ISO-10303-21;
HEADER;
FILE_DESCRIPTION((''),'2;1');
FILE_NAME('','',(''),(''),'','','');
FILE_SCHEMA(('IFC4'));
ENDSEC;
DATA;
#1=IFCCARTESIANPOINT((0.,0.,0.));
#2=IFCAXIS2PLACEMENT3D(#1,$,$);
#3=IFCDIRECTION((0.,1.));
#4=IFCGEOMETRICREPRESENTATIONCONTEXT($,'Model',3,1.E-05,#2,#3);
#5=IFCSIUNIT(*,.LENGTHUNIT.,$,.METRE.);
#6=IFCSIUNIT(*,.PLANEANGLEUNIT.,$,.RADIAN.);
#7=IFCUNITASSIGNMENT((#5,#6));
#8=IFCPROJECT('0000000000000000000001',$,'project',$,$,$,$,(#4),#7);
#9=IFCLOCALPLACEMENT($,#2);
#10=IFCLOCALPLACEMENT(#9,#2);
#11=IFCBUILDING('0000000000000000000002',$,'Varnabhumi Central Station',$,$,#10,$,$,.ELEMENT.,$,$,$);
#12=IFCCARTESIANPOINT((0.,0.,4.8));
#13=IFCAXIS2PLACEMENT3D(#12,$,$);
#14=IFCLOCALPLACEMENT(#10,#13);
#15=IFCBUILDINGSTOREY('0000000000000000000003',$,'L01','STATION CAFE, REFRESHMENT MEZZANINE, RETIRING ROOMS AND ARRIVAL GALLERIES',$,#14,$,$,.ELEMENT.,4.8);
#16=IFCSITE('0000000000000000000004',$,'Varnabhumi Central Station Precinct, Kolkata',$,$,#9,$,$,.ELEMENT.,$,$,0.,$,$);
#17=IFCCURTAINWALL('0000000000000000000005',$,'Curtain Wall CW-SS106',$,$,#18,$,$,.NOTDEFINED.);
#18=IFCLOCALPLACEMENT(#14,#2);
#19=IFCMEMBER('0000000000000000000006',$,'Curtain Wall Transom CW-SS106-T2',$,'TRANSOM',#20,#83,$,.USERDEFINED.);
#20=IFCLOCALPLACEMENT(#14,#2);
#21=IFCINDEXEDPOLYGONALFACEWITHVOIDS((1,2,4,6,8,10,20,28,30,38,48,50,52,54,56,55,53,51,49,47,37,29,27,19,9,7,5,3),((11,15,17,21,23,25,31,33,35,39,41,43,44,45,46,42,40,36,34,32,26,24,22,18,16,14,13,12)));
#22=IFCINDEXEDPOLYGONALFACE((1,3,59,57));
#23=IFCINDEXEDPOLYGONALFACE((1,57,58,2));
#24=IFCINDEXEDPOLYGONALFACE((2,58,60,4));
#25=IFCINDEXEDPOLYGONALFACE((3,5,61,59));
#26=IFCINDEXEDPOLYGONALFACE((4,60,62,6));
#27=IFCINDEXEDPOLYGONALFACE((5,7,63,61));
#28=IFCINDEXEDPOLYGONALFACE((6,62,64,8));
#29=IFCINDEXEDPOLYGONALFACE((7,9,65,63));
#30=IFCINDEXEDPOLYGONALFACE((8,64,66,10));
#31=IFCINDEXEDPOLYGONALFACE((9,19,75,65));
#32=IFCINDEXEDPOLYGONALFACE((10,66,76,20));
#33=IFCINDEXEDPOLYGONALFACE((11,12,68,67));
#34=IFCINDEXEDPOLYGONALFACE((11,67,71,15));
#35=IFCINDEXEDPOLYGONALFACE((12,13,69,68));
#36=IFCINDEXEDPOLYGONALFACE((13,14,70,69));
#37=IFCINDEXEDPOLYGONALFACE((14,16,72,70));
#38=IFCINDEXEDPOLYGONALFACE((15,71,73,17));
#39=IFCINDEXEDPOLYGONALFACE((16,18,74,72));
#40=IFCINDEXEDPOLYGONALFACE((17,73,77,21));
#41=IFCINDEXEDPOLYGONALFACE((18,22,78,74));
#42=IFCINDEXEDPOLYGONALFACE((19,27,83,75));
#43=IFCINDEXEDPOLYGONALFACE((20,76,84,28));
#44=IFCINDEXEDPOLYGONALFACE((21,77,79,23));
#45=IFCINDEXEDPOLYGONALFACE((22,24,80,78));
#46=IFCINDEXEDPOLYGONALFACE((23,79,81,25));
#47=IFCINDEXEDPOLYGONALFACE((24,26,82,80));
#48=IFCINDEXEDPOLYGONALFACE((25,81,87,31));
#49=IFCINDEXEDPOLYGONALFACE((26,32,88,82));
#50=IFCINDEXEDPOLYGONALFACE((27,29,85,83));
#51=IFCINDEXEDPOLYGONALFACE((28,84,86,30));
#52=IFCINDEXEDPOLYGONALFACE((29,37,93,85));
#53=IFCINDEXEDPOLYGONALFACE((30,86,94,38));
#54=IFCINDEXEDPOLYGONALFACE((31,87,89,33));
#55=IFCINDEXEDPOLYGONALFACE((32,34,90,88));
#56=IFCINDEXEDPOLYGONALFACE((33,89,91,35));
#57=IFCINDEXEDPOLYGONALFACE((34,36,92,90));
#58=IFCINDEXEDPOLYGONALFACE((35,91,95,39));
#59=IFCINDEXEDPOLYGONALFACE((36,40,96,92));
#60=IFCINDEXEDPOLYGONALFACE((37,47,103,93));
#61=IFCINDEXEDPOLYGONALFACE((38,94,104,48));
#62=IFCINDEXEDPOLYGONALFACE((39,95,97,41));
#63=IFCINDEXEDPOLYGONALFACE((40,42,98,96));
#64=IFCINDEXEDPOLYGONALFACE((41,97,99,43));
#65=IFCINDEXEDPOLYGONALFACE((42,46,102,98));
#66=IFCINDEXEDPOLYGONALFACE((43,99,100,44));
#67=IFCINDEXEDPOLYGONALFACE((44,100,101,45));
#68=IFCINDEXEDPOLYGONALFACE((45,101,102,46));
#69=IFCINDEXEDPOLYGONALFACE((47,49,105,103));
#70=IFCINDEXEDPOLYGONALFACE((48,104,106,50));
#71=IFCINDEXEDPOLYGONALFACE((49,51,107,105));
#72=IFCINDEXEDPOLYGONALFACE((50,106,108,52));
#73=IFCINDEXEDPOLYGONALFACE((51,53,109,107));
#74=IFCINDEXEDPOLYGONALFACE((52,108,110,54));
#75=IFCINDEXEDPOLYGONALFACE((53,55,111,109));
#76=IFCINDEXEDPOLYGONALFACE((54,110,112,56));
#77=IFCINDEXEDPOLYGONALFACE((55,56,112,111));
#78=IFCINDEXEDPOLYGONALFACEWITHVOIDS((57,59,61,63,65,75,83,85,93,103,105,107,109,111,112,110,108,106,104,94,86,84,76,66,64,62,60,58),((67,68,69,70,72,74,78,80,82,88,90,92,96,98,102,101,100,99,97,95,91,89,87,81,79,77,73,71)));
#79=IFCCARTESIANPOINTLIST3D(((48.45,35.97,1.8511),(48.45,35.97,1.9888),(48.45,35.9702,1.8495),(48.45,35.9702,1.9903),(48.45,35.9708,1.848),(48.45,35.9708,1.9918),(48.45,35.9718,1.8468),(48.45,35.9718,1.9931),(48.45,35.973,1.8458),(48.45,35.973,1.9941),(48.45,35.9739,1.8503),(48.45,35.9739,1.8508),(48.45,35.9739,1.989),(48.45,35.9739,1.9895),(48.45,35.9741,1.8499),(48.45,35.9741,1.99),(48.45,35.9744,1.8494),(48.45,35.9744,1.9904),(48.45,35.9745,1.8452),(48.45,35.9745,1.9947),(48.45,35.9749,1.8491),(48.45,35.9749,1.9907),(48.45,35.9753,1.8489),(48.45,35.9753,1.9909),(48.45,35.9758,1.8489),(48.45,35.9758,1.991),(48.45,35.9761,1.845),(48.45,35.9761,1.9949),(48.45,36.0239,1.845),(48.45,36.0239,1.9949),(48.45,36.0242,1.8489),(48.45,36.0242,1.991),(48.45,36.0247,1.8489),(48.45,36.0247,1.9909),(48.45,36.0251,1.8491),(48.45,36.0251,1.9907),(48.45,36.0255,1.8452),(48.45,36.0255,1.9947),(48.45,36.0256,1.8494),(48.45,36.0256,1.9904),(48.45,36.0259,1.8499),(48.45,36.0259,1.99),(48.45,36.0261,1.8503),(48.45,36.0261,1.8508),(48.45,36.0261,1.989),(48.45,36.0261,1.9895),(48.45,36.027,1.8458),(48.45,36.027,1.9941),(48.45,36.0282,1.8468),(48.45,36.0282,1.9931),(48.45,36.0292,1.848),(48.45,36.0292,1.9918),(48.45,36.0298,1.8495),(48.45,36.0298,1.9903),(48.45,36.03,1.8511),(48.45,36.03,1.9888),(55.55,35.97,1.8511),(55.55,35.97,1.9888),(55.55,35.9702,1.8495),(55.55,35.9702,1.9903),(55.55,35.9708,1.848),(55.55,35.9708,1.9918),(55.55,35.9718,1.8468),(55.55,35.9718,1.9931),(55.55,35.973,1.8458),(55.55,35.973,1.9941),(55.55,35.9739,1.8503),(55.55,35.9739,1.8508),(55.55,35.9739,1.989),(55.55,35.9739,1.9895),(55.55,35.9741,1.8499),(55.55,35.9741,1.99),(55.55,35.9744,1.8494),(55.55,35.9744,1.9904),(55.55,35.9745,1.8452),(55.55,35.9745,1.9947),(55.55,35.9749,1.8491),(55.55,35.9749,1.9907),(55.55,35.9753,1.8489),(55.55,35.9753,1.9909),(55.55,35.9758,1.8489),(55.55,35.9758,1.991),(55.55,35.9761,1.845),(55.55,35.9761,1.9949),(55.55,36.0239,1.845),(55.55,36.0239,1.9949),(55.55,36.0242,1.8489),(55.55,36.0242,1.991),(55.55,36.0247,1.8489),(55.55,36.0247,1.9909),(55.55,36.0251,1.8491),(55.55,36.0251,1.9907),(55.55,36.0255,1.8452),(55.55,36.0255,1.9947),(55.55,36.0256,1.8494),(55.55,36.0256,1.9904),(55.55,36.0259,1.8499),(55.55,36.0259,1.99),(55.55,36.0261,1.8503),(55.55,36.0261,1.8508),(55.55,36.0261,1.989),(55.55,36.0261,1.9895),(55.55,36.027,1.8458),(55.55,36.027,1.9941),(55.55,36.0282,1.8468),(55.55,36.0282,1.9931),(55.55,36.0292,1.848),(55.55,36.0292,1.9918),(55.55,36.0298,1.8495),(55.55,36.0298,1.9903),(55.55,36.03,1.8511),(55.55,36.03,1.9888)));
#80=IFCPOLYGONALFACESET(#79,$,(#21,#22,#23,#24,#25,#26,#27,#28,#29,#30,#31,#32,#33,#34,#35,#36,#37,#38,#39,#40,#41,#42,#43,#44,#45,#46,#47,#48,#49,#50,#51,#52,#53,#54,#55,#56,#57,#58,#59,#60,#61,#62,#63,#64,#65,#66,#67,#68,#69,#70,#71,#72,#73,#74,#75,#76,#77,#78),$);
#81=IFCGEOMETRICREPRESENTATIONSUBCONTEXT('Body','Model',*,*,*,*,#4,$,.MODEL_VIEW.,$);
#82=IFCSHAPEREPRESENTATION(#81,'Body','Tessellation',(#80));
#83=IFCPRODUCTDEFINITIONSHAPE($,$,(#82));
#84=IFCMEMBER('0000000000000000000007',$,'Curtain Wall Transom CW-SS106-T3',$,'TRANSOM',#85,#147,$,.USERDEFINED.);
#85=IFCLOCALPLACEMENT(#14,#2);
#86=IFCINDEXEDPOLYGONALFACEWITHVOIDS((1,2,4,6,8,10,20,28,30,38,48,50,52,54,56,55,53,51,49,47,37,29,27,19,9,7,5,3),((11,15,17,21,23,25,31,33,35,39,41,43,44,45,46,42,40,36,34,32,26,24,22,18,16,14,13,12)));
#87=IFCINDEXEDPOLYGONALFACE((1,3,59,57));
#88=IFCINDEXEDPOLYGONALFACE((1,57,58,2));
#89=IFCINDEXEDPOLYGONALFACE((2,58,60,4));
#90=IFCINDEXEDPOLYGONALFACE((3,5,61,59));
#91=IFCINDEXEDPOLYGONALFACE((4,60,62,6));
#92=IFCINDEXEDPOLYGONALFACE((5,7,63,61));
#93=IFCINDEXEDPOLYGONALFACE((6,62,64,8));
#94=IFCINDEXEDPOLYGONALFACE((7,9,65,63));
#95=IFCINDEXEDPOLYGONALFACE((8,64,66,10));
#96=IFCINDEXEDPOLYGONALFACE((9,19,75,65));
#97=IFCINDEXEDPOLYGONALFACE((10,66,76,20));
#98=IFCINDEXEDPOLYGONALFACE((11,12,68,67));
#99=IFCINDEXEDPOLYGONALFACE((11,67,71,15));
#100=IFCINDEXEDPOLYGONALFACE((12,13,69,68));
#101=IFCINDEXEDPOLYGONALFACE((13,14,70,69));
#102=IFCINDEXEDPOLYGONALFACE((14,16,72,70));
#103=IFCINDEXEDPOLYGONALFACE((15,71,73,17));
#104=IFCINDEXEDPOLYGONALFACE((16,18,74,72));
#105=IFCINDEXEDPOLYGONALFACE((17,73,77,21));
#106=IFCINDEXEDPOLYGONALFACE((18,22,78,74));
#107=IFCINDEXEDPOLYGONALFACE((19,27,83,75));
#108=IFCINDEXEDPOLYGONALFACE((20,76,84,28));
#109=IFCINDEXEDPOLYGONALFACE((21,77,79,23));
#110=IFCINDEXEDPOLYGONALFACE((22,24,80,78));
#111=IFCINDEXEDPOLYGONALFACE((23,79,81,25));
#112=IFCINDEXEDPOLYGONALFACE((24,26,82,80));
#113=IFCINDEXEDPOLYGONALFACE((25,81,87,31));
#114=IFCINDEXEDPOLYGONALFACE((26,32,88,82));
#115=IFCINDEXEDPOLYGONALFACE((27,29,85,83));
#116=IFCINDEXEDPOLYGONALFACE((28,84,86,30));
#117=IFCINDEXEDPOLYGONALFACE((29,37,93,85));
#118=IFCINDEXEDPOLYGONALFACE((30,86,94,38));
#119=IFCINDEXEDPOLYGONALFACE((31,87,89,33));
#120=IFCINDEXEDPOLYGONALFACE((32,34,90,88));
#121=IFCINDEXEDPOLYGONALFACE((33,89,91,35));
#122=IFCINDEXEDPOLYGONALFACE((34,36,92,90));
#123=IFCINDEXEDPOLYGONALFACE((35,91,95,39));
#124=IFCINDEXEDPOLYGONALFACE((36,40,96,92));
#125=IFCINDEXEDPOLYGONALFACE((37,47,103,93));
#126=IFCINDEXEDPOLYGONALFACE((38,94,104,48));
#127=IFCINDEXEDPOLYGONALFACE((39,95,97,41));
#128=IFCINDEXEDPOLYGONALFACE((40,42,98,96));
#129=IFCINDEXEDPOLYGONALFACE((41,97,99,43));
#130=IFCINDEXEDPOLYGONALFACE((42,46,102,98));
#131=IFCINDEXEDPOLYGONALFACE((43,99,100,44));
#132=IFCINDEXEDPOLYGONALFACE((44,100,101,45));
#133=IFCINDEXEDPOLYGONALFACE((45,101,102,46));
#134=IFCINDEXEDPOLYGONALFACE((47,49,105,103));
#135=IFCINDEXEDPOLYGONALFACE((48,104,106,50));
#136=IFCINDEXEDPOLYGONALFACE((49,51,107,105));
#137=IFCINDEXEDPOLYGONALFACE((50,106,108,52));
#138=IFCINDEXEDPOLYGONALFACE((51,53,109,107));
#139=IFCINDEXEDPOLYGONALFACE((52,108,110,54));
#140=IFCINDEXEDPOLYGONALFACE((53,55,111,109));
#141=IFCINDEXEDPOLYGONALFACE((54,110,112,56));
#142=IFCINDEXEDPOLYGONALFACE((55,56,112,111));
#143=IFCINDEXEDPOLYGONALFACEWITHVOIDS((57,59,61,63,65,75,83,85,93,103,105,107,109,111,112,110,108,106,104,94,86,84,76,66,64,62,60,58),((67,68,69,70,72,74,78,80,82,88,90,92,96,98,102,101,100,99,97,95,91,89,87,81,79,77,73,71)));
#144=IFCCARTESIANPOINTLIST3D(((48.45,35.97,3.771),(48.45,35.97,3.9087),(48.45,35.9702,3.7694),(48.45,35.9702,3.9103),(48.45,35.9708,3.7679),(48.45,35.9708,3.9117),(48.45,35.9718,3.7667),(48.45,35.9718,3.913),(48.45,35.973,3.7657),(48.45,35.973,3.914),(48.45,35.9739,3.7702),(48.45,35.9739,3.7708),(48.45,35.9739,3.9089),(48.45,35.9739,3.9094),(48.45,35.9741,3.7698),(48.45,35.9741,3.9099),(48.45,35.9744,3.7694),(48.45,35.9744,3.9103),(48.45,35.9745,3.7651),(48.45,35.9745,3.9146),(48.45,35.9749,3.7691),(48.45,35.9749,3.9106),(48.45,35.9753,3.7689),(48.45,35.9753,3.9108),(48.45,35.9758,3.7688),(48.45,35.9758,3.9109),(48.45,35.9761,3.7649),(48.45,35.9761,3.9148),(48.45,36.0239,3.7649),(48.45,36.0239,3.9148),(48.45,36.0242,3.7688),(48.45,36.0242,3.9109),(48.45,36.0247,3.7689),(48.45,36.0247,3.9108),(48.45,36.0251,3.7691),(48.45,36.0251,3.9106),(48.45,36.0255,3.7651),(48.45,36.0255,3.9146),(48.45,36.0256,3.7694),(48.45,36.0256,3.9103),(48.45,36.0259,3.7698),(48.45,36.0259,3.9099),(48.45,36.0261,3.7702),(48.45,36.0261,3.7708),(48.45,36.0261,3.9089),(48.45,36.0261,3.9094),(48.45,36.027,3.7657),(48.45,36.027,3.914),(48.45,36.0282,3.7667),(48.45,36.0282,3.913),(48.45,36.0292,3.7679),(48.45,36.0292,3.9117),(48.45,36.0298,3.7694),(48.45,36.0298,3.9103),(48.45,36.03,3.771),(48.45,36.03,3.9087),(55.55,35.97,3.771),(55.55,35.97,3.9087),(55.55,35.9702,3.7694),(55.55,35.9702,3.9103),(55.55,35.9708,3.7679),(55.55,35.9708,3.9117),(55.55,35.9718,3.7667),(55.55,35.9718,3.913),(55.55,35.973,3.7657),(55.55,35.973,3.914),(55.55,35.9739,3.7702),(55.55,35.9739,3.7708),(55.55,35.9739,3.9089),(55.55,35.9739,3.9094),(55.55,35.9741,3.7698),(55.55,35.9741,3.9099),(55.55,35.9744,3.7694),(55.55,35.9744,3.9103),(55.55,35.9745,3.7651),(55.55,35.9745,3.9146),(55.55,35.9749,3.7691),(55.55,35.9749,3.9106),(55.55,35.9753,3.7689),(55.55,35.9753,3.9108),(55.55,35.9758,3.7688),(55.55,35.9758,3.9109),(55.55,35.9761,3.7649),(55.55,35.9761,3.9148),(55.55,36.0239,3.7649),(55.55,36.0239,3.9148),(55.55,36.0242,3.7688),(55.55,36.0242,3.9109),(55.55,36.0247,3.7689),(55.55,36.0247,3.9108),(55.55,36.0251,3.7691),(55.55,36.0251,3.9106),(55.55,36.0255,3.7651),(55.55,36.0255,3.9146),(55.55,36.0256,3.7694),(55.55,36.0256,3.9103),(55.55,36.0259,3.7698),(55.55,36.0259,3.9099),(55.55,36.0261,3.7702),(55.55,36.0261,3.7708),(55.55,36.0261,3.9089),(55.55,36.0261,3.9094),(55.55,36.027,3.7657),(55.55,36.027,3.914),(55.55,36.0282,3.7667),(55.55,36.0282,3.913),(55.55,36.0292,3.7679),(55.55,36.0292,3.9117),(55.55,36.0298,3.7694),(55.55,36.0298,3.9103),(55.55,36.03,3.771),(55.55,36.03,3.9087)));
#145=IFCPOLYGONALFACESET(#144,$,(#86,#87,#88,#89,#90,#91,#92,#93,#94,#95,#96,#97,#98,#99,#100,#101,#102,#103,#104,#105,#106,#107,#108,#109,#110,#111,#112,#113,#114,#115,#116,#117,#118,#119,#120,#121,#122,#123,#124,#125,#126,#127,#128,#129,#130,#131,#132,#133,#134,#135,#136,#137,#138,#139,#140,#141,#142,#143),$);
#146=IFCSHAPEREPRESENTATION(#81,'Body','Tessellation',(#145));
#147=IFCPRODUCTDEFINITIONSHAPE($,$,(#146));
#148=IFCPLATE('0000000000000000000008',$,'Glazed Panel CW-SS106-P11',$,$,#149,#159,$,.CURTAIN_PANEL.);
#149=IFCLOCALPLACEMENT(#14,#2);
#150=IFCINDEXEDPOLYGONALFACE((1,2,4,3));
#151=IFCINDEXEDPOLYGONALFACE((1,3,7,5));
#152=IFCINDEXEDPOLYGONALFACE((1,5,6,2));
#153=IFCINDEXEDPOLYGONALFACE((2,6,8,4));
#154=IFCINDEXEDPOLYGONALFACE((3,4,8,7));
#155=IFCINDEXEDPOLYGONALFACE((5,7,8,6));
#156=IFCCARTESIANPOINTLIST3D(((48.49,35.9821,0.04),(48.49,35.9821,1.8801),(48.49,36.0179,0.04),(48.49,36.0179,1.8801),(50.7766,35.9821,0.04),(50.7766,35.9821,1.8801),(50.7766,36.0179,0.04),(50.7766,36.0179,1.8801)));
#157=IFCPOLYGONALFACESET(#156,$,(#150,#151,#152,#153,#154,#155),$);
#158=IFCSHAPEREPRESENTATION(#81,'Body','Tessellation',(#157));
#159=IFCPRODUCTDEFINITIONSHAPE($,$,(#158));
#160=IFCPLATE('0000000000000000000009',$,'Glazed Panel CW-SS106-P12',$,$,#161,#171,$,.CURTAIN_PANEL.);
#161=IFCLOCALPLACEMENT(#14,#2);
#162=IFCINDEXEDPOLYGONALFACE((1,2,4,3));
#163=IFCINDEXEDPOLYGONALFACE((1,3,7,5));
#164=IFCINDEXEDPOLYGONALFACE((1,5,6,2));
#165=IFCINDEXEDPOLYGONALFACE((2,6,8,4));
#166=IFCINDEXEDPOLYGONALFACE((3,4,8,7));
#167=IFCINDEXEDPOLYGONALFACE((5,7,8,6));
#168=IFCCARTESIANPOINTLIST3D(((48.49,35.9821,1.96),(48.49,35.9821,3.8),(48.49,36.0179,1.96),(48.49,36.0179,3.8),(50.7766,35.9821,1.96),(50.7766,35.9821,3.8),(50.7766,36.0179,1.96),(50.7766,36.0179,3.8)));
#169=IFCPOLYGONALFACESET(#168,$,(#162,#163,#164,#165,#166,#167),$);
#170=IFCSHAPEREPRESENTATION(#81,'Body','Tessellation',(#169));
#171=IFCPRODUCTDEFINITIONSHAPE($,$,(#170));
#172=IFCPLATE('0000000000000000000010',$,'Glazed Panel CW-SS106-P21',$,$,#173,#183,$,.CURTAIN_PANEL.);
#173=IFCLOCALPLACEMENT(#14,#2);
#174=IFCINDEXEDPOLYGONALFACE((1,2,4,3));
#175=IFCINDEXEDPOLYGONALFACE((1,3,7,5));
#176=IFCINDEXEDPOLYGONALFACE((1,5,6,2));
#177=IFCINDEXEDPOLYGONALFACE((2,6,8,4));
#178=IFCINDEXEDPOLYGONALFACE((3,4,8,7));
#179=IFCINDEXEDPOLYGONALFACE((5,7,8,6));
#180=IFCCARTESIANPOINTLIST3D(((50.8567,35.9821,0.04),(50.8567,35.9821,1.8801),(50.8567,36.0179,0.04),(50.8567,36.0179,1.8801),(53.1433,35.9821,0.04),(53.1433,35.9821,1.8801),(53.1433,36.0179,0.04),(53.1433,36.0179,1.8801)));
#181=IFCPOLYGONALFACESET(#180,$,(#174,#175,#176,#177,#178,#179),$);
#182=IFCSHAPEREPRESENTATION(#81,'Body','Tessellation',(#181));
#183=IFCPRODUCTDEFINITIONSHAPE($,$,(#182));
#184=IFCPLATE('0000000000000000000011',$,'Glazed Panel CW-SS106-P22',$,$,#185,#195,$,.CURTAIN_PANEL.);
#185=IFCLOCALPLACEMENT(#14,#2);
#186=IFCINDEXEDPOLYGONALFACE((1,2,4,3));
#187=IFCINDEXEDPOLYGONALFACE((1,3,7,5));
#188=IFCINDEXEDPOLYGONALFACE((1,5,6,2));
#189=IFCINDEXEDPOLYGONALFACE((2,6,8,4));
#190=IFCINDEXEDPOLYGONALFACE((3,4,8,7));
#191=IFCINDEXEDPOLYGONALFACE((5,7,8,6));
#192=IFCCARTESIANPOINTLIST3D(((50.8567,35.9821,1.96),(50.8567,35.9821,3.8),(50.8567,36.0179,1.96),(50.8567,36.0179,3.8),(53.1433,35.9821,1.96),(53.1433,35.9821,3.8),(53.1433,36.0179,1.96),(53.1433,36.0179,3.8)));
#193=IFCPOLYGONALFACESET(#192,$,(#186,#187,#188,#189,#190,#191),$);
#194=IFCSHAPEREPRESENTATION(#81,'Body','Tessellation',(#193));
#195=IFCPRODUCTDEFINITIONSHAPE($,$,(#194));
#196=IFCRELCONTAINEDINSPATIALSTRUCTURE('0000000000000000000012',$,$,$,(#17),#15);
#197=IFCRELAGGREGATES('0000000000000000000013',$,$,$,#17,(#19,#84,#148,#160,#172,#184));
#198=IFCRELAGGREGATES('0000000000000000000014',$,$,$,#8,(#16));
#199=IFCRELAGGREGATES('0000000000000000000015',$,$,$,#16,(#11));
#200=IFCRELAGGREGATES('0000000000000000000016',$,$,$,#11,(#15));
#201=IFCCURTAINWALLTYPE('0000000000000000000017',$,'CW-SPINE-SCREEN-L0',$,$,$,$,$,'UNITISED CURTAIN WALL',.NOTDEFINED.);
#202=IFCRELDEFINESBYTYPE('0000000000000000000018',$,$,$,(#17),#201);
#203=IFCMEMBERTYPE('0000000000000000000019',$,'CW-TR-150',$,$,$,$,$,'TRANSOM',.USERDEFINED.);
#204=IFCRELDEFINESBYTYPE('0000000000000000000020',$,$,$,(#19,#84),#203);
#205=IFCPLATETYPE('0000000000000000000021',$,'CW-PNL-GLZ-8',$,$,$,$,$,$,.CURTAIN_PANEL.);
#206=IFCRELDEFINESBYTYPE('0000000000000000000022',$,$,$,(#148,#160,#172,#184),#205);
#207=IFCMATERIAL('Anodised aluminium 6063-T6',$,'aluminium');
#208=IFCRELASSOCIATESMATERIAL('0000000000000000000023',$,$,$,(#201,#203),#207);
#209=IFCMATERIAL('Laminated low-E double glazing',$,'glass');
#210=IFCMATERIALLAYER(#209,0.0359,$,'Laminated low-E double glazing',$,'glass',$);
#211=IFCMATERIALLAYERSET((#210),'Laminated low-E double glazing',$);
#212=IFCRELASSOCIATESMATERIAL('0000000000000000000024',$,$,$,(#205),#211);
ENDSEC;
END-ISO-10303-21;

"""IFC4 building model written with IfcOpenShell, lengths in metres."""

from ifc_helpers import new_model, si_unit, direction, frame, origin, origin_2d, place, context, subcontext, project, spatial, rectangle, hollow_rectangle, extrude, material, layer, layer_set, material_profile, profile_set, type_object, element, aggregate, save


model = new_model("IFC4")

# Units and contexts
model_context = context("Model", 3, precision=1e-05, world=origin(), true_north=direction((0.0, 1.0)))
body_context = subcontext(model_context, "Body", "Model", "MODEL_VIEW")
ifc_project = project(units=[si_unit("LENGTHUNIT", "METRE"), si_unit("PLANEANGLEUNIT", "RADIAN")], contexts=[model_context])

# Site, building, storey
site_placement = place(None, origin())
site = spatial("IfcSite", under=ifc_project, at=site_placement, Name="Varnabhumi Central Station Precinct, Kolkata", CompositionType="ELEMENT", RefElevation=0.0)
building_placement = place(site_placement, origin())
building = spatial("IfcBuilding", under=site, at=building_placement, Name="Varnabhumi Central Station", CompositionType="ELEMENT")
storey_placement = place(building_placement, frame((0.0, 0.0, 4.8)))
storey = spatial("IfcBuildingStorey", under=building, at=storey_placement, Name="L01", Description="STATION CAFE, REFRESHMENT MEZZANINE, RETIRING ROOMS AND ARRIVAL GALLERIES", CompositionType="ELEMENT", Elevation=4.8)

# Curtain wall, members, plates
ifc_material_1 = material(Name="Anodised aluminium 6063-T6", Category="aluminium")
curtain_wall_type = type_object("IfcCurtainWallType", Name="CW-SPINE-SCREEN-L0", ElementType="UNITISED CURTAIN WALL", PredefinedType="NOTDEFINED", material=ifc_material_1)
curtain_wall_placement = place(storey_placement, origin())
curtain_wall = element("IfcCurtainWall", 1, at=curtain_wall_placement, inside=storey, type_object=curtain_wall_type, Name="Curtain Wall CW-SS106", PredefinedType="NOTDEFINED")
ifc_material_profile_1 = material_profile(ifc_material_1, hollow_rectangle(XDim=0.0601, YDim=0.1499, WallThickness=0.0039, InnerFilletRadius=0.002, OuterFilletRadius=0.0061, at=origin_2d()), Name="Anodised aluminium 6063-T6", Category="aluminium")
ifc_profile_set_1 = profile_set([ifc_material_profile_1], Name="Anodised aluminium 6063-T6")
member_type_1 = type_object("IfcMemberType", Name="CW-TR-150", ElementType="TRANSOM", PredefinedType="USERDEFINED", material=ifc_profile_set_1)
member_1_placement = place(storey_placement, frame((48.45, 36.0, 1.9199), z_axis=(1.0, 0.0, 0.0), x_axis=(0.0, 1.0, 0.0)))
member_1 = element("IfcMember", 2, at=member_1_placement, type_object=member_type_1, Name="Curtain Wall Transom CW-SS106-T2", ObjectType="TRANSOM", PredefinedType="USERDEFINED", context=body_context, shape_type="SweptSolid", body=[
    extrude(hollow_rectangle(XDim=0.0601, YDim=0.1499, WallThickness=0.0039, InnerFilletRadius=0.002, OuterFilletRadius=0.0061, at=origin_2d()), origin(), (0.0, 0.0, 1.0), 7.1001),
])
member_2_placement = place(storey_placement, frame((48.45, 36.0, 3.8398), z_axis=(1.0, 0.0, 0.0), x_axis=(0.0, 1.0, 0.0)))
member_2 = element("IfcMember", 3, at=member_2_placement, type_object=member_type_1, Name="Curtain Wall Transom CW-SS106-T3", ObjectType="TRANSOM", PredefinedType="USERDEFINED", context=body_context, shape_type="SweptSolid", body=[
    extrude(hollow_rectangle(XDim=0.0601, YDim=0.1499, WallThickness=0.0039, InnerFilletRadius=0.002, OuterFilletRadius=0.0061, at=origin_2d()), origin(), (0.0, 0.0, 1.0), 7.1001),
])
ifc_material_2 = material(Name="Laminated low-E double glazing", Category="glass")
ifc_layer_1 = layer(ifc_material_2, 0.0359, Name="Laminated low-E double glazing", Category="glass")
ifc_layer_set_1 = layer_set([ifc_layer_1], Name="Laminated low-E double glazing")
plate_type = type_object("IfcPlateType", Name="CW-PNL-GLZ-8", PredefinedType="CURTAIN_PANEL", material=ifc_layer_set_1)
plate_1_placement = place(storey_placement, frame((49.6333, 36.0, 0.04), z_axis=(0.0, 0.0, 1.0), x_axis=(1.0, 0.0, 0.0)))
plate_1 = element("IfcPlate", 4, at=plate_1_placement, type_object=plate_type, Name="Glazed Panel CW-SS106-P11", PredefinedType="CURTAIN_PANEL", context=body_context, shape_type="SweptSolid", body=[
    extrude(rectangle(XDim=2.2866, YDim=0.0359, at=origin_2d()), origin(), (0.0, 0.0, 1.0), 1.8401),
])
plate_2_placement = place(storey_placement, frame((49.6333, 36.0, 1.96), z_axis=(0.0, 0.0, 1.0), x_axis=(1.0, 0.0, 0.0)))
plate_2 = element("IfcPlate", 5, at=plate_2_placement, type_object=plate_type, Name="Glazed Panel CW-SS106-P12", PredefinedType="CURTAIN_PANEL", context=body_context, shape_type="SweptSolid", body=[
    extrude(rectangle(XDim=2.2866, YDim=0.0359, at=origin_2d()), origin(), (0.0, 0.0, 1.0), 1.8401),
])
plate_3_placement = place(storey_placement, frame((52.0, 36.0, 0.04), z_axis=(0.0, 0.0, 1.0), x_axis=(1.0, 0.0, 0.0)))
plate_3 = element("IfcPlate", 6, at=plate_3_placement, type_object=plate_type, Name="Glazed Panel CW-SS106-P21", PredefinedType="CURTAIN_PANEL", context=body_context, shape_type="SweptSolid", body=[
    extrude(rectangle(XDim=2.2866, YDim=0.0359, at=origin_2d()), origin(), (0.0, 0.0, 1.0), 1.8401),
])
plate_4_placement = place(storey_placement, frame((52.0, 36.0, 1.96), z_axis=(0.0, 0.0, 1.0), x_axis=(1.0, 0.0, 0.0)))
plate_4 = element("IfcPlate", 7, at=plate_4_placement, type_object=plate_type, Name="Glazed Panel CW-SS106-P22", PredefinedType="CURTAIN_PANEL", context=body_context, shape_type="SweptSolid", body=[
    extrude(rectangle(XDim=2.2866, YDim=0.0359, at=origin_2d()), origin(), (0.0, 0.0, 1.0), 1.8401),
])
aggregate(curtain_wall, [member_1, member_2, plate_1, plate_2, plate_3, plate_4])

save(model, "model.ifc")
